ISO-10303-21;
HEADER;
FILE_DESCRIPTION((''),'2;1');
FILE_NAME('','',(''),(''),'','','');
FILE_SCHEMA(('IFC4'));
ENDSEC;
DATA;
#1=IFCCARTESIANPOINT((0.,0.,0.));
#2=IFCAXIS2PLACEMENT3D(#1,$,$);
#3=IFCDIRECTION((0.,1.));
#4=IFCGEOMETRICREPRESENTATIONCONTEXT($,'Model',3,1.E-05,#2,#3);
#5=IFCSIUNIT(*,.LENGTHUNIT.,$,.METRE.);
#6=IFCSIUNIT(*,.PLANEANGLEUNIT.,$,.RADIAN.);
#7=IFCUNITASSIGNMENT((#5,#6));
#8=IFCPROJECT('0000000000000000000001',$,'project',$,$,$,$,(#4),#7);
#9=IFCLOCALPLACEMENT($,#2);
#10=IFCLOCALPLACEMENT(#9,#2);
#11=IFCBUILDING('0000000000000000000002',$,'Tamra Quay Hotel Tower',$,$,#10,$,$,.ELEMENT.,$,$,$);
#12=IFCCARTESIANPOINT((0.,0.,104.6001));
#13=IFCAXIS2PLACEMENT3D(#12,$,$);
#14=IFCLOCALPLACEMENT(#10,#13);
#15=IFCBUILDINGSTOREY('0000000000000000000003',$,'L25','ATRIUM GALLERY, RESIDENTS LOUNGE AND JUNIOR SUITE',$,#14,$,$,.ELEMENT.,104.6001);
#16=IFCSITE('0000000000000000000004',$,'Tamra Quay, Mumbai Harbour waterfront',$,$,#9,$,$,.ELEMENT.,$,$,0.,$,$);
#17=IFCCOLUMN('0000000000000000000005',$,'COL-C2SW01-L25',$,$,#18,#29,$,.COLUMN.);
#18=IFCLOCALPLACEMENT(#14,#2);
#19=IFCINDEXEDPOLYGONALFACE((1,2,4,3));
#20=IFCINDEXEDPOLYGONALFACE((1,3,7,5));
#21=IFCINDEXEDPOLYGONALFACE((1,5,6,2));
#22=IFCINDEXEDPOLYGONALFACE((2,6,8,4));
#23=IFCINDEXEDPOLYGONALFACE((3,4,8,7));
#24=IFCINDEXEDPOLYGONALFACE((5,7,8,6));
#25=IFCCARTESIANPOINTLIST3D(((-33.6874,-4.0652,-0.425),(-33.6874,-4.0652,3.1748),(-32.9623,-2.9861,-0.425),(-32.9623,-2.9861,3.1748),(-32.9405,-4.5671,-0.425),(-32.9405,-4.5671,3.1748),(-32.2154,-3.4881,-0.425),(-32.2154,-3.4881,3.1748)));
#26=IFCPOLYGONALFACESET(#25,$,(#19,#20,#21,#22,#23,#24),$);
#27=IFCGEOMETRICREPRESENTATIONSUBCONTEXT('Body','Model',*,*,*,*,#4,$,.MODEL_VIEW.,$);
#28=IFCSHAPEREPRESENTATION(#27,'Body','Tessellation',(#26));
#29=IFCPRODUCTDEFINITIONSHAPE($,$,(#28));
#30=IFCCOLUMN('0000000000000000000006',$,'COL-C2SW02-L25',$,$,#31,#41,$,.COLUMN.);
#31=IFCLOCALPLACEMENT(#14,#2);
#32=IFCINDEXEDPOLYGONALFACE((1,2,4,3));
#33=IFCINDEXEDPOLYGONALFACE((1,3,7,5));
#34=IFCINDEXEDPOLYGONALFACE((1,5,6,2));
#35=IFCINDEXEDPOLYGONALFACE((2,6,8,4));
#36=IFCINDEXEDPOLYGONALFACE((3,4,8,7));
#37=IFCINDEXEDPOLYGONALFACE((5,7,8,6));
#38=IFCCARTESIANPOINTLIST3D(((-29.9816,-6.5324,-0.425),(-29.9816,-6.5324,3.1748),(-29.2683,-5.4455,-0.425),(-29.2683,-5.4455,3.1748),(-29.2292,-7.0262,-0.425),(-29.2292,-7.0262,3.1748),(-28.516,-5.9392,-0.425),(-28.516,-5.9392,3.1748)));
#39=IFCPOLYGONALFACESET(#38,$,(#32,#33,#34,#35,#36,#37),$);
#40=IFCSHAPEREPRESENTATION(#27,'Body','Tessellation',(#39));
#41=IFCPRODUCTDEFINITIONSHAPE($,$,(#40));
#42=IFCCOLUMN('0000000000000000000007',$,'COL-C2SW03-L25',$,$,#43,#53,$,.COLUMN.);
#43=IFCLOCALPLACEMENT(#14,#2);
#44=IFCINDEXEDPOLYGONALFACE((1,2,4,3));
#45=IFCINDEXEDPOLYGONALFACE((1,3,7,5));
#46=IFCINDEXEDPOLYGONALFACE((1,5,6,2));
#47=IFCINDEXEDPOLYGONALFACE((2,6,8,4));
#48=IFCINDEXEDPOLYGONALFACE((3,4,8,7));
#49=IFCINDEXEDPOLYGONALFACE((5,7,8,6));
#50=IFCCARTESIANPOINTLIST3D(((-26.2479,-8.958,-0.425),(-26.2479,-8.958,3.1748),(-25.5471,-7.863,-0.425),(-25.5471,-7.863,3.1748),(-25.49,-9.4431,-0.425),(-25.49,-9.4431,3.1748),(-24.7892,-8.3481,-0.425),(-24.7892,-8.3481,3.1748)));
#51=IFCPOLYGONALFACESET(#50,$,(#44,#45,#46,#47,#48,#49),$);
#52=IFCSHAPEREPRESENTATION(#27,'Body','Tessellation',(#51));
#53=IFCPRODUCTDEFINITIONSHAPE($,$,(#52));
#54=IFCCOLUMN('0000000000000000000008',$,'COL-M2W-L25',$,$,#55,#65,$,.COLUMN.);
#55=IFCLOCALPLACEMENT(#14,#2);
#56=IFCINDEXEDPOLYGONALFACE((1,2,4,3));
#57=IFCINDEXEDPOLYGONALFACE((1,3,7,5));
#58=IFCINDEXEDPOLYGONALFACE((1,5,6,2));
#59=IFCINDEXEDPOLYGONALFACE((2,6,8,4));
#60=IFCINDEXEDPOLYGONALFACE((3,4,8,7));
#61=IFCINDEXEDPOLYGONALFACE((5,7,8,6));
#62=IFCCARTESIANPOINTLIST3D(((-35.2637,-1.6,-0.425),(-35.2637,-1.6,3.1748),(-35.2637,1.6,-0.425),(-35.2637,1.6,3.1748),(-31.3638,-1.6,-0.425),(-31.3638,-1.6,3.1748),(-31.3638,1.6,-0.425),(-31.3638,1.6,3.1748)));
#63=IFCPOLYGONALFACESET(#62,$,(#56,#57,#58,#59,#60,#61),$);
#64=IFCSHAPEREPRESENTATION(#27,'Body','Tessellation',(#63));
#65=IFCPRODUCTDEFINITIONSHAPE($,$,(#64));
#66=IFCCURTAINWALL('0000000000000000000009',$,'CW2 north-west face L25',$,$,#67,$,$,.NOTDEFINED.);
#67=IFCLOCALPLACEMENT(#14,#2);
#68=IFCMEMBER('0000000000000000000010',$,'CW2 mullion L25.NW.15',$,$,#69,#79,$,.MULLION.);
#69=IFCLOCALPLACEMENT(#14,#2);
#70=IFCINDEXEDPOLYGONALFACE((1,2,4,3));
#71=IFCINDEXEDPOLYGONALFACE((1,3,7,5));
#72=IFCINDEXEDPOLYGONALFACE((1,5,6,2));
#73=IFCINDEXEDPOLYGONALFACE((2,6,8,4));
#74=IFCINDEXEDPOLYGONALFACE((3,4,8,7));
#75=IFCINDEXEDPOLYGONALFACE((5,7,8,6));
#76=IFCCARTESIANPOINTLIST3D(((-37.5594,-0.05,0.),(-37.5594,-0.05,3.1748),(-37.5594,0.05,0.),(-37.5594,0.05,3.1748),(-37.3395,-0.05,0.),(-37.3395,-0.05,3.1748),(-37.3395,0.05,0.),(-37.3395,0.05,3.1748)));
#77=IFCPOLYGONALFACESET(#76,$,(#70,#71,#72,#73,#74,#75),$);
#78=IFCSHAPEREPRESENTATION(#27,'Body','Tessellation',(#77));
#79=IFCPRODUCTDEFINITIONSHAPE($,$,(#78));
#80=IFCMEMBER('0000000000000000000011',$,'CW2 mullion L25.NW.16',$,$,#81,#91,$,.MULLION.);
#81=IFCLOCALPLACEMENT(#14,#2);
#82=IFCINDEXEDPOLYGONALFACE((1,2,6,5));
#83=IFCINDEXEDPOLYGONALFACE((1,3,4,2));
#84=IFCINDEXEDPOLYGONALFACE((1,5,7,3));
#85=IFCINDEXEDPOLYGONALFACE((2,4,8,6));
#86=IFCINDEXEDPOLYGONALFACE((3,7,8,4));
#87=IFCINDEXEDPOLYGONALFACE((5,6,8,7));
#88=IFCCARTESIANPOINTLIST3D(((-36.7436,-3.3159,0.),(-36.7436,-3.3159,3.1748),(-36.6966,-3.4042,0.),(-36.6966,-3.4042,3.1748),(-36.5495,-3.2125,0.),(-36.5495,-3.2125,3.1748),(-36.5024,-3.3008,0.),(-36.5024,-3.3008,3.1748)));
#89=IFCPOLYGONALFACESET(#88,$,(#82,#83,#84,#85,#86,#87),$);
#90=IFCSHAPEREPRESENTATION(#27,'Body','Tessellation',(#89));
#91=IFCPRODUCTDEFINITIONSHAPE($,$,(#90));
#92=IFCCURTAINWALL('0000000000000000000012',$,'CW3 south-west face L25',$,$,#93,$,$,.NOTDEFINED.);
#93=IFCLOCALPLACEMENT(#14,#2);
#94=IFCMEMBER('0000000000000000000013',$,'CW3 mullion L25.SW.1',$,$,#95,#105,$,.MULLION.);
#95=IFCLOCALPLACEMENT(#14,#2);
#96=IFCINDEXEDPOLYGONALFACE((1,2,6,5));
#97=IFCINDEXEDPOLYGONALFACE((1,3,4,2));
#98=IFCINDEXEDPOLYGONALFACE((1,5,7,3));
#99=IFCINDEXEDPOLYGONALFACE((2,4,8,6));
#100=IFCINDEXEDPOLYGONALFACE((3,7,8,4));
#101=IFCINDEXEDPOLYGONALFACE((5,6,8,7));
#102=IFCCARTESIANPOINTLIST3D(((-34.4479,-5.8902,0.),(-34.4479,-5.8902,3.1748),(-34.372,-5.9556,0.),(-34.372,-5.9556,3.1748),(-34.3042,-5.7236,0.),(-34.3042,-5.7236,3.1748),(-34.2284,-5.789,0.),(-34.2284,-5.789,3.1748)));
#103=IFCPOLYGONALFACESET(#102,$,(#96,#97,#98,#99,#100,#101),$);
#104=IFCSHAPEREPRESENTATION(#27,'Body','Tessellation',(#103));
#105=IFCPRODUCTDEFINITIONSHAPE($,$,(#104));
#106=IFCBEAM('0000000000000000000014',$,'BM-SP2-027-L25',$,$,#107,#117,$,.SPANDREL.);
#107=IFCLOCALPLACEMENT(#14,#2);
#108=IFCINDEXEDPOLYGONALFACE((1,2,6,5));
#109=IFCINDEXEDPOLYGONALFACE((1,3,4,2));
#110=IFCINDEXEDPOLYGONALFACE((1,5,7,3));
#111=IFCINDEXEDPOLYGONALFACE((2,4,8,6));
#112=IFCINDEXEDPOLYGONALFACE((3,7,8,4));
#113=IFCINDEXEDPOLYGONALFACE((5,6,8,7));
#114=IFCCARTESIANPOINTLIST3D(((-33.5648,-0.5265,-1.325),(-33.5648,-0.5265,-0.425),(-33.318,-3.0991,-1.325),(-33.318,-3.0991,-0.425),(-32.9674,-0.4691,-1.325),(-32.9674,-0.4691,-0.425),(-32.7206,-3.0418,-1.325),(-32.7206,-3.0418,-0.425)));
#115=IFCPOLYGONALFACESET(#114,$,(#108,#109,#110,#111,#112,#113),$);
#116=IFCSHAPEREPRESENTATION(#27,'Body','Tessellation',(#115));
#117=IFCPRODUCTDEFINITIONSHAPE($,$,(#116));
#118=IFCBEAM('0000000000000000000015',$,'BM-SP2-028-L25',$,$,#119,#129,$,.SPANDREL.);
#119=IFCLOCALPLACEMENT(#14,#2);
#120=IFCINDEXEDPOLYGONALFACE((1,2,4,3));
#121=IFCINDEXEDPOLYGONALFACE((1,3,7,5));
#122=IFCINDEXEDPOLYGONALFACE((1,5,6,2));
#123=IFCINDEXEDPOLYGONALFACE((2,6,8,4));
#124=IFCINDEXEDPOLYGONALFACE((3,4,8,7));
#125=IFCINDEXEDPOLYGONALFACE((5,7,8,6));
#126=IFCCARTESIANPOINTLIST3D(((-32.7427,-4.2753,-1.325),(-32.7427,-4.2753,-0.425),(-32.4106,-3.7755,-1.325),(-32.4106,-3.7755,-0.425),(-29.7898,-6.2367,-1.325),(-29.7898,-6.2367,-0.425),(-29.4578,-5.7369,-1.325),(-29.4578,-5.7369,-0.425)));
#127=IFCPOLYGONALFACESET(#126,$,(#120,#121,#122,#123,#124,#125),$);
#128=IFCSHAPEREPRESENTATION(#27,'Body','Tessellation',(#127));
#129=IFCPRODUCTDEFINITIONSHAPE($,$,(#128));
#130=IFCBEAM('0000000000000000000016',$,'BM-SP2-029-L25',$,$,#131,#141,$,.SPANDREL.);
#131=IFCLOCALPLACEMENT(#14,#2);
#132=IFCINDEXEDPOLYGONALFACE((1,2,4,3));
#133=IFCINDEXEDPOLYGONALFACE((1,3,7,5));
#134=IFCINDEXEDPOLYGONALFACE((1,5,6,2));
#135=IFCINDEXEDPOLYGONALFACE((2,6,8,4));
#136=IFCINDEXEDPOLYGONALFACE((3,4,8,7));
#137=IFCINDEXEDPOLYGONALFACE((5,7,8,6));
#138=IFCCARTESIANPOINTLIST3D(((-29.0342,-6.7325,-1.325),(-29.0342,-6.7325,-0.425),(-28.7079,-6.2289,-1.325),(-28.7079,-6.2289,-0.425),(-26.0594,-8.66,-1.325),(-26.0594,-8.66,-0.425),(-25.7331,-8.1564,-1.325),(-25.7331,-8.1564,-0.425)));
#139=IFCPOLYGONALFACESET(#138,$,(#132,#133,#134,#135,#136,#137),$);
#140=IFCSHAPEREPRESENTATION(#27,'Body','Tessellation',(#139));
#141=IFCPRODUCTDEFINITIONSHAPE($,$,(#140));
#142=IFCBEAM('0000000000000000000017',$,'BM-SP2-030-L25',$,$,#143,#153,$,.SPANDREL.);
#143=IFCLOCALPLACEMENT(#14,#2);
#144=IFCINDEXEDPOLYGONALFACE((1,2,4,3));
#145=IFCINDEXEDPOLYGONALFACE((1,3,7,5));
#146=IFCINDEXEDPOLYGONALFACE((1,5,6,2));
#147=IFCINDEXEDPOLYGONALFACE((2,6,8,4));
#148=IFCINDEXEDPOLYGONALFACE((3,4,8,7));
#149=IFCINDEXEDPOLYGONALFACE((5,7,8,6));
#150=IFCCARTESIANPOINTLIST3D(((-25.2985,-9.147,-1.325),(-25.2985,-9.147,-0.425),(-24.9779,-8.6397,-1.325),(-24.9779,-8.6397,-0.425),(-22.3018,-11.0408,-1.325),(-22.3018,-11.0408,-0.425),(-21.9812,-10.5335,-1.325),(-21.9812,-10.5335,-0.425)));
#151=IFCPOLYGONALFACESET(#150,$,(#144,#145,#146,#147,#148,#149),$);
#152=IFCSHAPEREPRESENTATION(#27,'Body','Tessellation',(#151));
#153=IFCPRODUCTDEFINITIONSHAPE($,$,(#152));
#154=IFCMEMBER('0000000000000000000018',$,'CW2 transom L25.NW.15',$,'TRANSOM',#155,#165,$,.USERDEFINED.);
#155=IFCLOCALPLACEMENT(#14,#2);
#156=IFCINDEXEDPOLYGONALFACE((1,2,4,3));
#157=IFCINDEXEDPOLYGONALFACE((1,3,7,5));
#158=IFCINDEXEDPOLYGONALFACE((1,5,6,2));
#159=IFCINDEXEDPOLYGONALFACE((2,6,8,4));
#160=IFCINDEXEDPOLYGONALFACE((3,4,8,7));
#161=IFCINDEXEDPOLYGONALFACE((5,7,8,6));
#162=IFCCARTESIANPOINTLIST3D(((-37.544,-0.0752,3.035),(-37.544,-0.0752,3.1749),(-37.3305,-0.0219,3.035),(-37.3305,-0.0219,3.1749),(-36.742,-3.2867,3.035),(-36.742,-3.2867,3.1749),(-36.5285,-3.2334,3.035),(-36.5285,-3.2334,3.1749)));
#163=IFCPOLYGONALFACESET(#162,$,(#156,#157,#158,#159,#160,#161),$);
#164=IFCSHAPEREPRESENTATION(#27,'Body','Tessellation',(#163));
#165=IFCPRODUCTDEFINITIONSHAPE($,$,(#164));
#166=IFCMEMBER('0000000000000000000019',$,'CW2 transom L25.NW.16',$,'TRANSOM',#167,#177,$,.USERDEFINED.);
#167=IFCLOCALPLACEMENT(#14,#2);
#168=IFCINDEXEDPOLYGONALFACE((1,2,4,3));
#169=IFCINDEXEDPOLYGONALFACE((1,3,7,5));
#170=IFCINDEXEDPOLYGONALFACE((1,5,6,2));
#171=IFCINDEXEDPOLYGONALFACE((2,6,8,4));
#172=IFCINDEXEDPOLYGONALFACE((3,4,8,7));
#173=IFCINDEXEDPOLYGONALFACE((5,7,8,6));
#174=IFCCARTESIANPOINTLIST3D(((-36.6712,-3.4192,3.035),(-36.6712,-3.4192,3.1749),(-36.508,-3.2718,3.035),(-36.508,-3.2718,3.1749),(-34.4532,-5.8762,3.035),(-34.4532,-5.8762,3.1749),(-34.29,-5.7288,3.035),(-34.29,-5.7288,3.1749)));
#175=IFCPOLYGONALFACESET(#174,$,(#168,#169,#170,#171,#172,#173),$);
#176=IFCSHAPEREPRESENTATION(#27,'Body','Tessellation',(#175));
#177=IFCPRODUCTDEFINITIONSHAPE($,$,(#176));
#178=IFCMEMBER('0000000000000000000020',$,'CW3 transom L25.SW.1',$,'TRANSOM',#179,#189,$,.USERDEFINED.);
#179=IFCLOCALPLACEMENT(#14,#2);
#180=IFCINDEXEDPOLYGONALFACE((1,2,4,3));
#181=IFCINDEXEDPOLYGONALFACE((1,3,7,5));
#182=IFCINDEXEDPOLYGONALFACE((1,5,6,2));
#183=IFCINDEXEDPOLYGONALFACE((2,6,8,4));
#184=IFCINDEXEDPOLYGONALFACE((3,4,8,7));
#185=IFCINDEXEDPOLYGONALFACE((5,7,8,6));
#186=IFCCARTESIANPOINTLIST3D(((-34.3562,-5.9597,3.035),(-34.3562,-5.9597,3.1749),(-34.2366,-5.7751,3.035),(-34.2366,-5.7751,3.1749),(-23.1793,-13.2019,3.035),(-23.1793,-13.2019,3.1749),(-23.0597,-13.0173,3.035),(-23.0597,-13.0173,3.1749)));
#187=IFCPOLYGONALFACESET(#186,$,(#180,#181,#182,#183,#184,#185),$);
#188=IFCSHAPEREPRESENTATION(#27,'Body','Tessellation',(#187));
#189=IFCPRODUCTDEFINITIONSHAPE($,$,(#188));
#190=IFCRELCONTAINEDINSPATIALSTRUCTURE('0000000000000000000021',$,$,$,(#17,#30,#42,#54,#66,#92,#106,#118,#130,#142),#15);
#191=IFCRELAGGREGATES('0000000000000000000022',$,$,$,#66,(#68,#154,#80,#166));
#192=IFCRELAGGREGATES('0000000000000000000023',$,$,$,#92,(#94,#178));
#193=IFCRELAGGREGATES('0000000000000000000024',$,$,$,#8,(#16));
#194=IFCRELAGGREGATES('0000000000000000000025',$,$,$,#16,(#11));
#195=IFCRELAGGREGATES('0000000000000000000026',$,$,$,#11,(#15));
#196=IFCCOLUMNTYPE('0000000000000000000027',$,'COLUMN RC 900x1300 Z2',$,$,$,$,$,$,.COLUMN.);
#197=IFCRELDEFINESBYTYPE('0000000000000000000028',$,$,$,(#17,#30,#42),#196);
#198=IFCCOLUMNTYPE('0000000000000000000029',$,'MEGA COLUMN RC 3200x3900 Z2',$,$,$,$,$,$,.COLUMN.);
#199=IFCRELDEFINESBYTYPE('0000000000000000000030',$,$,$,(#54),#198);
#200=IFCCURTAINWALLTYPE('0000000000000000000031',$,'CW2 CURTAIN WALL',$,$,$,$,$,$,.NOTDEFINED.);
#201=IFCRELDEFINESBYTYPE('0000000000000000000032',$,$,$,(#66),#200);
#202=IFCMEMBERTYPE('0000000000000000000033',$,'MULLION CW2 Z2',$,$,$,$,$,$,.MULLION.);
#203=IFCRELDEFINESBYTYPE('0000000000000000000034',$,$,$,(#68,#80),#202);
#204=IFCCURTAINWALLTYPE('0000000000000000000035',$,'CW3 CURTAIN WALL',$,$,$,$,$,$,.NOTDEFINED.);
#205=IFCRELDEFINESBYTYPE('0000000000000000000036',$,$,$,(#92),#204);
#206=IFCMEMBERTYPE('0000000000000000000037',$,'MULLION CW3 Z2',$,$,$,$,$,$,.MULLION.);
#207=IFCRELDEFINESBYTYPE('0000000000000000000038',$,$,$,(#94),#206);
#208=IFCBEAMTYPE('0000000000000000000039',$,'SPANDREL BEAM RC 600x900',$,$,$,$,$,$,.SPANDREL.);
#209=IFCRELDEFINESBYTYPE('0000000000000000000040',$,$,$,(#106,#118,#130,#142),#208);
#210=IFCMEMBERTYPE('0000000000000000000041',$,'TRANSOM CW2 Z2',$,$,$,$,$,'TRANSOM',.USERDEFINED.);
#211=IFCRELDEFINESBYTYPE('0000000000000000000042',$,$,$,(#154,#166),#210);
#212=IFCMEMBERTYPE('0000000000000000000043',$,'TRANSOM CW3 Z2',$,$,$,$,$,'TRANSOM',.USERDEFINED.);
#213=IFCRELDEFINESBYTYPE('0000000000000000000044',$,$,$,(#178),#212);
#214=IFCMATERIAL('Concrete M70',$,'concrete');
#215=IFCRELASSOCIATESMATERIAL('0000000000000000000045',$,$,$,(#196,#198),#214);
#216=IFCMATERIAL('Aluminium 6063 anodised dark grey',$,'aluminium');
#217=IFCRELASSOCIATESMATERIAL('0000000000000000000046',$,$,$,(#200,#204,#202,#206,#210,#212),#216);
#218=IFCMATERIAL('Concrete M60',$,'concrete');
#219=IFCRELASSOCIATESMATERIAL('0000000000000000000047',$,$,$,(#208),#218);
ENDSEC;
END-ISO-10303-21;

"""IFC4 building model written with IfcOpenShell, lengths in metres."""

from ifc_helpers import new_model, si_unit, direction, frame, origin, origin_2d, place, context, subcontext, project, spatial, rectangle, extrude, material, material_profile, profile_set, type_object, element, aggregate, save


model = new_model("IFC4")

# Units and contexts
model_context = context("Model", 3, precision=1e-05, world=origin(), true_north=direction((0.0, 1.0)))
body_context = subcontext(model_context, "Body", "Model", "MODEL_VIEW")
ifc_project = project(units=[si_unit("LENGTHUNIT", "METRE"), si_unit("PLANEANGLEUNIT", "RADIAN")], contexts=[model_context])

# Site, building, storey
site_placement = place(None, origin())
site = spatial("IfcSite", under=ifc_project, at=site_placement, Name="Tamra Quay, Mumbai Harbour waterfront", CompositionType="ELEMENT", RefElevation=0.0)
building_placement = place(site_placement, origin())
building = spatial("IfcBuilding", under=site, at=building_placement, Name="Tamra Quay Hotel Tower", CompositionType="ELEMENT")
storey_placement = place(building_placement, frame((0.0, 0.0, 104.6001)))
storey = spatial("IfcBuildingStorey", under=building, at=storey_placement, Name="L25", Description="ATRIUM GALLERY, RESIDENTS LOUNGE AND JUNIOR SUITE", CompositionType="ELEMENT", Elevation=104.6001)

# Columns
ifc_material_1 = material(Name="Concrete M70", Category="concrete")
ifc_material_profile_1 = material_profile(ifc_material_1, rectangle(XDim=1.3, YDim=0.8999, at=origin_2d()), Name="COLUMN RC 900x1300 Z2")
ifc_profile_set_1 = profile_set([ifc_material_profile_1], Name="Concrete M70")
column_type_1 = type_object("IfcColumnType", Name="COLUMN RC 900x1300 Z2", PredefinedType="COLUMN", material=ifc_profile_set_1)
for number, where, z_axis, x_axis, name in (
    (1, (-32.9514, -3.7766, -0.425), (0.0, 0.0, 1.0), (0.557767, 0.829998, 0.0), "COL-C2SW01-L25"),
    (2, (-29.2488, -6.2358, -0.425), (0.0, 0.0, 1.0), (0.548641, 0.836058, 0.0), "COL-C2SW02-L25"),
    (3, (-25.5186, -8.6531, -0.425), (0.0, 0.0, 1.0), (0.539065, 0.842264, 0.0), "COL-C2SW03-L25"),
):
    element("IfcColumn", number, at=place(storey_placement, frame(where, z_axis=z_axis, x_axis=x_axis)), inside=storey, type_object=column_type_1, Name=name, PredefinedType="COLUMN", context=body_context, shape_type="SweptSolid", body=[
        extrude(rectangle(XDim=1.3, YDim=0.8999, at=origin_2d()), origin(), (0.0, 0.0, 1.0), 3.5999),
    ])
ifc_material_profile_2 = material_profile(ifc_material_1, rectangle(XDim=3.8999, YDim=3.2, at=origin_2d()), Name="MEGA COLUMN RC 3200x3900 Z2")
ifc_profile_set_2 = profile_set([ifc_material_profile_2], Name="Concrete M70")
column_type_2 = type_object("IfcColumnType", Name="MEGA COLUMN RC 3200x3900 Z2", PredefinedType="COLUMN", material=ifc_profile_set_2)
column_placement = place(storey_placement, frame((-33.3137, 0.0, -0.425), z_axis=(0.0, 0.0, 1.0), x_axis=(1.0, 0.0, 0.0)))
element("IfcColumn", 4, at=column_placement, inside=storey, type_object=column_type_2, Name="COL-M2W-L25", PredefinedType="COLUMN", context=body_context, shape_type="SweptSolid", body=[
    extrude(rectangle(XDim=3.8999, YDim=3.2, at=origin_2d()), origin(), (0.0, 0.0, 1.0), 3.5999),
])

# Curtain wall, members
ifc_material_2 = material(Name="Aluminium 6063 anodised dark grey", Category="aluminium")
curtain_wall_type_1 = type_object("IfcCurtainWallType", Name="CW2 CURTAIN WALL", PredefinedType="NOTDEFINED", material=ifc_material_2)
curtain_wall_1_placement = place(storey_placement, origin())
curtain_wall_1 = element("IfcCurtainWall", 5, at=curtain_wall_1_placement, inside=storey, type_object=curtain_wall_type_1, Name="CW2 north-west face L25", PredefinedType="NOTDEFINED")
ifc_material_profile_3 = material_profile(ifc_material_2, rectangle(XDim=0.22, YDim=0.1001, at=origin_2d()), Name="MULLION 100X220")
ifc_profile_set_3 = profile_set([ifc_material_profile_3], Name="Aluminium 6063 anodised dark grey")
member_type_1 = type_object("IfcMemberType", Name="MULLION CW2 Z2", PredefinedType="MULLION", material=ifc_profile_set_3)
member_1_placement = place(storey_placement, frame((-37.4495, 0.0, 0.0), z_axis=(0.0, 0.0, 1.0), x_axis=(-1.0, 0.0, 0.0)))
member_1 = element("IfcMember", 6, at=member_1_placement, type_object=member_type_1, Name="CW2 mullion L25.NW.15", PredefinedType="MULLION", context=body_context, shape_type="SweptSolid", body=[
    extrude(rectangle(XDim=0.22, YDim=0.1001, at=origin_2d()), origin(), (0.0, 0.0, 1.0), 3.1748),
])
member_2_placement = place(storey_placement, frame((-36.623, -3.3083, 0.0), z_axis=(0.0, 0.0, 1.0), x_axis=(-0.882544, -0.47023, 0.0)))
member_2 = element("IfcMember", 7, at=member_2_placement, type_object=member_type_1, Name="CW2 mullion L25.NW.16", PredefinedType="MULLION", context=body_context, shape_type="SweptSolid", body=[
    extrude(rectangle(XDim=0.22, YDim=0.1001, at=origin_2d()), origin(), (0.0, 0.0, 1.0), 3.1748),
])

# Curtain wall, member
curtain_wall_type_2 = type_object("IfcCurtainWallType", Name="CW3 CURTAIN WALL", PredefinedType="NOTDEFINED", material=ifc_material_2)
curtain_wall_2_placement = place(storey_placement, origin())
curtain_wall_2 = element("IfcCurtainWall", 8, at=curtain_wall_2_placement, inside=storey, type_object=curtain_wall_type_2, Name="CW3 south-west face L25", PredefinedType="NOTDEFINED")
ifc_material_profile_4 = material_profile(ifc_material_2, rectangle(XDim=0.22, YDim=0.1001, at=origin_2d()), Name="MULLION 100X220")
ifc_profile_set_4 = profile_set([ifc_material_profile_4], Name="Aluminium 6063 anodised dark grey")
member_type_2 = type_object("IfcMemberType", Name="MULLION CW3 Z2", PredefinedType="MULLION", material=ifc_profile_set_4)
member_3_placement = place(storey_placement, frame((-34.3381, -5.8396, 0.0), z_axis=(0.0, 0.0, 1.0), x_axis=(-0.652887, -0.757455, 0.0)))
member_3 = element("IfcMember", 9, at=member_3_placement, type_object=member_type_2, Name="CW3 mullion L25.SW.1", PredefinedType="MULLION", context=body_context, shape_type="SweptSolid", body=[
    extrude(rectangle(XDim=0.22, YDim=0.1001, at=origin_2d()), origin(), (0.0, 0.0, 1.0), 3.1748),
])

# Beams
ifc_material_3 = material(Name="Concrete M60", Category="concrete")
ifc_material_profile_5 = material_profile(ifc_material_3, rectangle(XDim=0.6001, YDim=0.8999, at=origin_2d()), Name="SPANDREL BEAM RC 600x900")
ifc_profile_set_5 = profile_set([ifc_material_profile_5], Name="Concrete M60")
beam_type = type_object("IfcBeamType", Name="SPANDREL BEAM RC 600x900", PredefinedType="SPANDREL", material=ifc_profile_set_5)
beam_1_placement = place(storey_placement, frame((-33.2661, -0.4978, -0.875), z_axis=(0.0955, -0.995429, 0.0), x_axis=(0.995429, 0.0955, 0.0)))
element("IfcBeam", 10, at=beam_1_placement, inside=storey, type_object=beam_type, Name="BM-SP2-027-L25", PredefinedType="SPANDREL", context=body_context, shape_type="SweptSolid", body=[
    extrude(rectangle(XDim=0.6001, YDim=0.8999, at=origin_2d()), origin(), (0.0, 0.0, 1.0), 2.5845),
])
beam_2_placement = place(storey_placement, frame((-32.5767, -4.0254, -0.875), z_axis=(0.832982, -0.553301, 0.0), x_axis=(0.553301, 0.832982, 0.0)))
element("IfcBeam", 11, at=beam_2_placement, inside=storey, type_object=beam_type, Name="BM-SP2-028-L25", PredefinedType="SPANDREL", context=body_context, shape_type="SweptSolid", body=[
    extrude(rectangle(XDim=0.6001, YDim=0.8999, at=origin_2d()), origin(), (0.0, 0.0, 1.0), 3.5449),
])
beam_3_placement = place(storey_placement, frame((-28.8711, -6.4807, -0.875), z_axis=(0.839237, -0.543765, 0.0), x_axis=(0.543765, 0.839237, 0.0)))
element("IfcBeam", 12, at=beam_3_placement, inside=storey, type_object=beam_type, Name="BM-SP2-029-L25", PredefinedType="SPANDREL", context=body_context, shape_type="SweptSolid", body=[
    extrude(rectangle(XDim=0.6001, YDim=0.8999, at=origin_2d()), origin(), (0.0, 0.0, 1.0), 3.5447),
])
beam_4_placement = place(storey_placement, frame((-25.1382, -8.8933, -0.875), z_axis=(0.845333, -0.534239, 0.0), x_axis=(0.534239, 0.845333, 0.0)))
element("IfcBeam", 13, at=beam_4_placement, inside=storey, type_object=beam_type, Name="BM-SP2-030-L25", PredefinedType="SPANDREL", context=body_context, shape_type="SweptSolid", body=[
    extrude(rectangle(XDim=0.6001, YDim=0.8999, at=origin_2d()), origin(), (0.0, 0.0, 1.0), 3.5449),
])

# Members
ifc_material_profile_6 = material_profile(ifc_material_2, rectangle(XDim=0.22, YDim=0.1399, at=origin_2d()), Name="TRANSOM 220X140")
ifc_profile_set_6 = profile_set([ifc_material_profile_6], Name="Aluminium 6063 anodised dark grey")
member_type_3 = type_object("IfcMemberType", Name="TRANSOM CW2 Z2", ElementType="TRANSOM", PredefinedType="USERDEFINED", material=ifc_profile_set_6)
member_4_placement = place(storey_placement, frame((-37.4373, -0.0486, 3.105), z_axis=(0.242293, -0.970203, 0.0), x_axis=(0.970203, 0.242293, 0.0)))
member_4 = element("IfcMember", 14, at=member_4_placement, type_object=member_type_3, Name="CW2 transom L25.NW.15", ObjectType="TRANSOM", PredefinedType="USERDEFINED", context=body_context, shape_type="SweptSolid", body=[
    extrude(rectangle(XDim=0.22, YDim=0.1399, at=origin_2d()), origin(), (0.0, 0.0, 1.0), 3.3101),
])
member_5_placement = place(storey_placement, frame((-36.5896, -3.3455, 3.105), z_axis=(0.670081, -0.742288, 0.0), x_axis=(0.742288, 0.670081, 0.0)))
member_5 = element("IfcMember", 15, at=member_5_placement, type_object=member_type_3, Name="CW2 transom L25.NW.16", ObjectType="TRANSOM", PredefinedType="USERDEFINED", context=body_context, shape_type="SweptSolid", body=[
    extrude(rectangle(XDim=0.22, YDim=0.1399, at=origin_2d()), origin(), (0.0, 0.0, 1.0), 3.3101),
])
ifc_material_profile_7 = material_profile(ifc_material_2, rectangle(XDim=0.22, YDim=0.1399, at=origin_2d()), Name="TRANSOM 220X140")
ifc_profile_set_7 = profile_set([ifc_material_profile_7], Name="Aluminium 6063 anodised dark grey")
member_type_4 = type_object("IfcMemberType", Name="TRANSOM CW3 Z2", ElementType="TRANSOM", PredefinedType="USERDEFINED", material=ifc_profile_set_7)
member_6_placement = place(storey_placement, frame((-34.2964, -5.8674, 3.105), z_axis=(0.839227, -0.543781, 0.0), x_axis=(0.543781, 0.839227, 0.0)))
member_6 = element("IfcMember", 16, at=member_6_placement, type_object=member_type_4, Name="CW3 transom L25.SW.1", ObjectType="TRANSOM", PredefinedType="USERDEFINED", context=body_context, shape_type="SweptSolid", body=[
    extrude(rectangle(XDim=0.22, YDim=0.1399, at=origin_2d()), origin(), (0.0, 0.0, 1.0), 13.3181),
])

aggregate(curtain_wall_1, [member_1, member_4, member_2, member_5])
aggregate(curtain_wall_2, [member_3, member_6])

save(model, "model.ifc")
